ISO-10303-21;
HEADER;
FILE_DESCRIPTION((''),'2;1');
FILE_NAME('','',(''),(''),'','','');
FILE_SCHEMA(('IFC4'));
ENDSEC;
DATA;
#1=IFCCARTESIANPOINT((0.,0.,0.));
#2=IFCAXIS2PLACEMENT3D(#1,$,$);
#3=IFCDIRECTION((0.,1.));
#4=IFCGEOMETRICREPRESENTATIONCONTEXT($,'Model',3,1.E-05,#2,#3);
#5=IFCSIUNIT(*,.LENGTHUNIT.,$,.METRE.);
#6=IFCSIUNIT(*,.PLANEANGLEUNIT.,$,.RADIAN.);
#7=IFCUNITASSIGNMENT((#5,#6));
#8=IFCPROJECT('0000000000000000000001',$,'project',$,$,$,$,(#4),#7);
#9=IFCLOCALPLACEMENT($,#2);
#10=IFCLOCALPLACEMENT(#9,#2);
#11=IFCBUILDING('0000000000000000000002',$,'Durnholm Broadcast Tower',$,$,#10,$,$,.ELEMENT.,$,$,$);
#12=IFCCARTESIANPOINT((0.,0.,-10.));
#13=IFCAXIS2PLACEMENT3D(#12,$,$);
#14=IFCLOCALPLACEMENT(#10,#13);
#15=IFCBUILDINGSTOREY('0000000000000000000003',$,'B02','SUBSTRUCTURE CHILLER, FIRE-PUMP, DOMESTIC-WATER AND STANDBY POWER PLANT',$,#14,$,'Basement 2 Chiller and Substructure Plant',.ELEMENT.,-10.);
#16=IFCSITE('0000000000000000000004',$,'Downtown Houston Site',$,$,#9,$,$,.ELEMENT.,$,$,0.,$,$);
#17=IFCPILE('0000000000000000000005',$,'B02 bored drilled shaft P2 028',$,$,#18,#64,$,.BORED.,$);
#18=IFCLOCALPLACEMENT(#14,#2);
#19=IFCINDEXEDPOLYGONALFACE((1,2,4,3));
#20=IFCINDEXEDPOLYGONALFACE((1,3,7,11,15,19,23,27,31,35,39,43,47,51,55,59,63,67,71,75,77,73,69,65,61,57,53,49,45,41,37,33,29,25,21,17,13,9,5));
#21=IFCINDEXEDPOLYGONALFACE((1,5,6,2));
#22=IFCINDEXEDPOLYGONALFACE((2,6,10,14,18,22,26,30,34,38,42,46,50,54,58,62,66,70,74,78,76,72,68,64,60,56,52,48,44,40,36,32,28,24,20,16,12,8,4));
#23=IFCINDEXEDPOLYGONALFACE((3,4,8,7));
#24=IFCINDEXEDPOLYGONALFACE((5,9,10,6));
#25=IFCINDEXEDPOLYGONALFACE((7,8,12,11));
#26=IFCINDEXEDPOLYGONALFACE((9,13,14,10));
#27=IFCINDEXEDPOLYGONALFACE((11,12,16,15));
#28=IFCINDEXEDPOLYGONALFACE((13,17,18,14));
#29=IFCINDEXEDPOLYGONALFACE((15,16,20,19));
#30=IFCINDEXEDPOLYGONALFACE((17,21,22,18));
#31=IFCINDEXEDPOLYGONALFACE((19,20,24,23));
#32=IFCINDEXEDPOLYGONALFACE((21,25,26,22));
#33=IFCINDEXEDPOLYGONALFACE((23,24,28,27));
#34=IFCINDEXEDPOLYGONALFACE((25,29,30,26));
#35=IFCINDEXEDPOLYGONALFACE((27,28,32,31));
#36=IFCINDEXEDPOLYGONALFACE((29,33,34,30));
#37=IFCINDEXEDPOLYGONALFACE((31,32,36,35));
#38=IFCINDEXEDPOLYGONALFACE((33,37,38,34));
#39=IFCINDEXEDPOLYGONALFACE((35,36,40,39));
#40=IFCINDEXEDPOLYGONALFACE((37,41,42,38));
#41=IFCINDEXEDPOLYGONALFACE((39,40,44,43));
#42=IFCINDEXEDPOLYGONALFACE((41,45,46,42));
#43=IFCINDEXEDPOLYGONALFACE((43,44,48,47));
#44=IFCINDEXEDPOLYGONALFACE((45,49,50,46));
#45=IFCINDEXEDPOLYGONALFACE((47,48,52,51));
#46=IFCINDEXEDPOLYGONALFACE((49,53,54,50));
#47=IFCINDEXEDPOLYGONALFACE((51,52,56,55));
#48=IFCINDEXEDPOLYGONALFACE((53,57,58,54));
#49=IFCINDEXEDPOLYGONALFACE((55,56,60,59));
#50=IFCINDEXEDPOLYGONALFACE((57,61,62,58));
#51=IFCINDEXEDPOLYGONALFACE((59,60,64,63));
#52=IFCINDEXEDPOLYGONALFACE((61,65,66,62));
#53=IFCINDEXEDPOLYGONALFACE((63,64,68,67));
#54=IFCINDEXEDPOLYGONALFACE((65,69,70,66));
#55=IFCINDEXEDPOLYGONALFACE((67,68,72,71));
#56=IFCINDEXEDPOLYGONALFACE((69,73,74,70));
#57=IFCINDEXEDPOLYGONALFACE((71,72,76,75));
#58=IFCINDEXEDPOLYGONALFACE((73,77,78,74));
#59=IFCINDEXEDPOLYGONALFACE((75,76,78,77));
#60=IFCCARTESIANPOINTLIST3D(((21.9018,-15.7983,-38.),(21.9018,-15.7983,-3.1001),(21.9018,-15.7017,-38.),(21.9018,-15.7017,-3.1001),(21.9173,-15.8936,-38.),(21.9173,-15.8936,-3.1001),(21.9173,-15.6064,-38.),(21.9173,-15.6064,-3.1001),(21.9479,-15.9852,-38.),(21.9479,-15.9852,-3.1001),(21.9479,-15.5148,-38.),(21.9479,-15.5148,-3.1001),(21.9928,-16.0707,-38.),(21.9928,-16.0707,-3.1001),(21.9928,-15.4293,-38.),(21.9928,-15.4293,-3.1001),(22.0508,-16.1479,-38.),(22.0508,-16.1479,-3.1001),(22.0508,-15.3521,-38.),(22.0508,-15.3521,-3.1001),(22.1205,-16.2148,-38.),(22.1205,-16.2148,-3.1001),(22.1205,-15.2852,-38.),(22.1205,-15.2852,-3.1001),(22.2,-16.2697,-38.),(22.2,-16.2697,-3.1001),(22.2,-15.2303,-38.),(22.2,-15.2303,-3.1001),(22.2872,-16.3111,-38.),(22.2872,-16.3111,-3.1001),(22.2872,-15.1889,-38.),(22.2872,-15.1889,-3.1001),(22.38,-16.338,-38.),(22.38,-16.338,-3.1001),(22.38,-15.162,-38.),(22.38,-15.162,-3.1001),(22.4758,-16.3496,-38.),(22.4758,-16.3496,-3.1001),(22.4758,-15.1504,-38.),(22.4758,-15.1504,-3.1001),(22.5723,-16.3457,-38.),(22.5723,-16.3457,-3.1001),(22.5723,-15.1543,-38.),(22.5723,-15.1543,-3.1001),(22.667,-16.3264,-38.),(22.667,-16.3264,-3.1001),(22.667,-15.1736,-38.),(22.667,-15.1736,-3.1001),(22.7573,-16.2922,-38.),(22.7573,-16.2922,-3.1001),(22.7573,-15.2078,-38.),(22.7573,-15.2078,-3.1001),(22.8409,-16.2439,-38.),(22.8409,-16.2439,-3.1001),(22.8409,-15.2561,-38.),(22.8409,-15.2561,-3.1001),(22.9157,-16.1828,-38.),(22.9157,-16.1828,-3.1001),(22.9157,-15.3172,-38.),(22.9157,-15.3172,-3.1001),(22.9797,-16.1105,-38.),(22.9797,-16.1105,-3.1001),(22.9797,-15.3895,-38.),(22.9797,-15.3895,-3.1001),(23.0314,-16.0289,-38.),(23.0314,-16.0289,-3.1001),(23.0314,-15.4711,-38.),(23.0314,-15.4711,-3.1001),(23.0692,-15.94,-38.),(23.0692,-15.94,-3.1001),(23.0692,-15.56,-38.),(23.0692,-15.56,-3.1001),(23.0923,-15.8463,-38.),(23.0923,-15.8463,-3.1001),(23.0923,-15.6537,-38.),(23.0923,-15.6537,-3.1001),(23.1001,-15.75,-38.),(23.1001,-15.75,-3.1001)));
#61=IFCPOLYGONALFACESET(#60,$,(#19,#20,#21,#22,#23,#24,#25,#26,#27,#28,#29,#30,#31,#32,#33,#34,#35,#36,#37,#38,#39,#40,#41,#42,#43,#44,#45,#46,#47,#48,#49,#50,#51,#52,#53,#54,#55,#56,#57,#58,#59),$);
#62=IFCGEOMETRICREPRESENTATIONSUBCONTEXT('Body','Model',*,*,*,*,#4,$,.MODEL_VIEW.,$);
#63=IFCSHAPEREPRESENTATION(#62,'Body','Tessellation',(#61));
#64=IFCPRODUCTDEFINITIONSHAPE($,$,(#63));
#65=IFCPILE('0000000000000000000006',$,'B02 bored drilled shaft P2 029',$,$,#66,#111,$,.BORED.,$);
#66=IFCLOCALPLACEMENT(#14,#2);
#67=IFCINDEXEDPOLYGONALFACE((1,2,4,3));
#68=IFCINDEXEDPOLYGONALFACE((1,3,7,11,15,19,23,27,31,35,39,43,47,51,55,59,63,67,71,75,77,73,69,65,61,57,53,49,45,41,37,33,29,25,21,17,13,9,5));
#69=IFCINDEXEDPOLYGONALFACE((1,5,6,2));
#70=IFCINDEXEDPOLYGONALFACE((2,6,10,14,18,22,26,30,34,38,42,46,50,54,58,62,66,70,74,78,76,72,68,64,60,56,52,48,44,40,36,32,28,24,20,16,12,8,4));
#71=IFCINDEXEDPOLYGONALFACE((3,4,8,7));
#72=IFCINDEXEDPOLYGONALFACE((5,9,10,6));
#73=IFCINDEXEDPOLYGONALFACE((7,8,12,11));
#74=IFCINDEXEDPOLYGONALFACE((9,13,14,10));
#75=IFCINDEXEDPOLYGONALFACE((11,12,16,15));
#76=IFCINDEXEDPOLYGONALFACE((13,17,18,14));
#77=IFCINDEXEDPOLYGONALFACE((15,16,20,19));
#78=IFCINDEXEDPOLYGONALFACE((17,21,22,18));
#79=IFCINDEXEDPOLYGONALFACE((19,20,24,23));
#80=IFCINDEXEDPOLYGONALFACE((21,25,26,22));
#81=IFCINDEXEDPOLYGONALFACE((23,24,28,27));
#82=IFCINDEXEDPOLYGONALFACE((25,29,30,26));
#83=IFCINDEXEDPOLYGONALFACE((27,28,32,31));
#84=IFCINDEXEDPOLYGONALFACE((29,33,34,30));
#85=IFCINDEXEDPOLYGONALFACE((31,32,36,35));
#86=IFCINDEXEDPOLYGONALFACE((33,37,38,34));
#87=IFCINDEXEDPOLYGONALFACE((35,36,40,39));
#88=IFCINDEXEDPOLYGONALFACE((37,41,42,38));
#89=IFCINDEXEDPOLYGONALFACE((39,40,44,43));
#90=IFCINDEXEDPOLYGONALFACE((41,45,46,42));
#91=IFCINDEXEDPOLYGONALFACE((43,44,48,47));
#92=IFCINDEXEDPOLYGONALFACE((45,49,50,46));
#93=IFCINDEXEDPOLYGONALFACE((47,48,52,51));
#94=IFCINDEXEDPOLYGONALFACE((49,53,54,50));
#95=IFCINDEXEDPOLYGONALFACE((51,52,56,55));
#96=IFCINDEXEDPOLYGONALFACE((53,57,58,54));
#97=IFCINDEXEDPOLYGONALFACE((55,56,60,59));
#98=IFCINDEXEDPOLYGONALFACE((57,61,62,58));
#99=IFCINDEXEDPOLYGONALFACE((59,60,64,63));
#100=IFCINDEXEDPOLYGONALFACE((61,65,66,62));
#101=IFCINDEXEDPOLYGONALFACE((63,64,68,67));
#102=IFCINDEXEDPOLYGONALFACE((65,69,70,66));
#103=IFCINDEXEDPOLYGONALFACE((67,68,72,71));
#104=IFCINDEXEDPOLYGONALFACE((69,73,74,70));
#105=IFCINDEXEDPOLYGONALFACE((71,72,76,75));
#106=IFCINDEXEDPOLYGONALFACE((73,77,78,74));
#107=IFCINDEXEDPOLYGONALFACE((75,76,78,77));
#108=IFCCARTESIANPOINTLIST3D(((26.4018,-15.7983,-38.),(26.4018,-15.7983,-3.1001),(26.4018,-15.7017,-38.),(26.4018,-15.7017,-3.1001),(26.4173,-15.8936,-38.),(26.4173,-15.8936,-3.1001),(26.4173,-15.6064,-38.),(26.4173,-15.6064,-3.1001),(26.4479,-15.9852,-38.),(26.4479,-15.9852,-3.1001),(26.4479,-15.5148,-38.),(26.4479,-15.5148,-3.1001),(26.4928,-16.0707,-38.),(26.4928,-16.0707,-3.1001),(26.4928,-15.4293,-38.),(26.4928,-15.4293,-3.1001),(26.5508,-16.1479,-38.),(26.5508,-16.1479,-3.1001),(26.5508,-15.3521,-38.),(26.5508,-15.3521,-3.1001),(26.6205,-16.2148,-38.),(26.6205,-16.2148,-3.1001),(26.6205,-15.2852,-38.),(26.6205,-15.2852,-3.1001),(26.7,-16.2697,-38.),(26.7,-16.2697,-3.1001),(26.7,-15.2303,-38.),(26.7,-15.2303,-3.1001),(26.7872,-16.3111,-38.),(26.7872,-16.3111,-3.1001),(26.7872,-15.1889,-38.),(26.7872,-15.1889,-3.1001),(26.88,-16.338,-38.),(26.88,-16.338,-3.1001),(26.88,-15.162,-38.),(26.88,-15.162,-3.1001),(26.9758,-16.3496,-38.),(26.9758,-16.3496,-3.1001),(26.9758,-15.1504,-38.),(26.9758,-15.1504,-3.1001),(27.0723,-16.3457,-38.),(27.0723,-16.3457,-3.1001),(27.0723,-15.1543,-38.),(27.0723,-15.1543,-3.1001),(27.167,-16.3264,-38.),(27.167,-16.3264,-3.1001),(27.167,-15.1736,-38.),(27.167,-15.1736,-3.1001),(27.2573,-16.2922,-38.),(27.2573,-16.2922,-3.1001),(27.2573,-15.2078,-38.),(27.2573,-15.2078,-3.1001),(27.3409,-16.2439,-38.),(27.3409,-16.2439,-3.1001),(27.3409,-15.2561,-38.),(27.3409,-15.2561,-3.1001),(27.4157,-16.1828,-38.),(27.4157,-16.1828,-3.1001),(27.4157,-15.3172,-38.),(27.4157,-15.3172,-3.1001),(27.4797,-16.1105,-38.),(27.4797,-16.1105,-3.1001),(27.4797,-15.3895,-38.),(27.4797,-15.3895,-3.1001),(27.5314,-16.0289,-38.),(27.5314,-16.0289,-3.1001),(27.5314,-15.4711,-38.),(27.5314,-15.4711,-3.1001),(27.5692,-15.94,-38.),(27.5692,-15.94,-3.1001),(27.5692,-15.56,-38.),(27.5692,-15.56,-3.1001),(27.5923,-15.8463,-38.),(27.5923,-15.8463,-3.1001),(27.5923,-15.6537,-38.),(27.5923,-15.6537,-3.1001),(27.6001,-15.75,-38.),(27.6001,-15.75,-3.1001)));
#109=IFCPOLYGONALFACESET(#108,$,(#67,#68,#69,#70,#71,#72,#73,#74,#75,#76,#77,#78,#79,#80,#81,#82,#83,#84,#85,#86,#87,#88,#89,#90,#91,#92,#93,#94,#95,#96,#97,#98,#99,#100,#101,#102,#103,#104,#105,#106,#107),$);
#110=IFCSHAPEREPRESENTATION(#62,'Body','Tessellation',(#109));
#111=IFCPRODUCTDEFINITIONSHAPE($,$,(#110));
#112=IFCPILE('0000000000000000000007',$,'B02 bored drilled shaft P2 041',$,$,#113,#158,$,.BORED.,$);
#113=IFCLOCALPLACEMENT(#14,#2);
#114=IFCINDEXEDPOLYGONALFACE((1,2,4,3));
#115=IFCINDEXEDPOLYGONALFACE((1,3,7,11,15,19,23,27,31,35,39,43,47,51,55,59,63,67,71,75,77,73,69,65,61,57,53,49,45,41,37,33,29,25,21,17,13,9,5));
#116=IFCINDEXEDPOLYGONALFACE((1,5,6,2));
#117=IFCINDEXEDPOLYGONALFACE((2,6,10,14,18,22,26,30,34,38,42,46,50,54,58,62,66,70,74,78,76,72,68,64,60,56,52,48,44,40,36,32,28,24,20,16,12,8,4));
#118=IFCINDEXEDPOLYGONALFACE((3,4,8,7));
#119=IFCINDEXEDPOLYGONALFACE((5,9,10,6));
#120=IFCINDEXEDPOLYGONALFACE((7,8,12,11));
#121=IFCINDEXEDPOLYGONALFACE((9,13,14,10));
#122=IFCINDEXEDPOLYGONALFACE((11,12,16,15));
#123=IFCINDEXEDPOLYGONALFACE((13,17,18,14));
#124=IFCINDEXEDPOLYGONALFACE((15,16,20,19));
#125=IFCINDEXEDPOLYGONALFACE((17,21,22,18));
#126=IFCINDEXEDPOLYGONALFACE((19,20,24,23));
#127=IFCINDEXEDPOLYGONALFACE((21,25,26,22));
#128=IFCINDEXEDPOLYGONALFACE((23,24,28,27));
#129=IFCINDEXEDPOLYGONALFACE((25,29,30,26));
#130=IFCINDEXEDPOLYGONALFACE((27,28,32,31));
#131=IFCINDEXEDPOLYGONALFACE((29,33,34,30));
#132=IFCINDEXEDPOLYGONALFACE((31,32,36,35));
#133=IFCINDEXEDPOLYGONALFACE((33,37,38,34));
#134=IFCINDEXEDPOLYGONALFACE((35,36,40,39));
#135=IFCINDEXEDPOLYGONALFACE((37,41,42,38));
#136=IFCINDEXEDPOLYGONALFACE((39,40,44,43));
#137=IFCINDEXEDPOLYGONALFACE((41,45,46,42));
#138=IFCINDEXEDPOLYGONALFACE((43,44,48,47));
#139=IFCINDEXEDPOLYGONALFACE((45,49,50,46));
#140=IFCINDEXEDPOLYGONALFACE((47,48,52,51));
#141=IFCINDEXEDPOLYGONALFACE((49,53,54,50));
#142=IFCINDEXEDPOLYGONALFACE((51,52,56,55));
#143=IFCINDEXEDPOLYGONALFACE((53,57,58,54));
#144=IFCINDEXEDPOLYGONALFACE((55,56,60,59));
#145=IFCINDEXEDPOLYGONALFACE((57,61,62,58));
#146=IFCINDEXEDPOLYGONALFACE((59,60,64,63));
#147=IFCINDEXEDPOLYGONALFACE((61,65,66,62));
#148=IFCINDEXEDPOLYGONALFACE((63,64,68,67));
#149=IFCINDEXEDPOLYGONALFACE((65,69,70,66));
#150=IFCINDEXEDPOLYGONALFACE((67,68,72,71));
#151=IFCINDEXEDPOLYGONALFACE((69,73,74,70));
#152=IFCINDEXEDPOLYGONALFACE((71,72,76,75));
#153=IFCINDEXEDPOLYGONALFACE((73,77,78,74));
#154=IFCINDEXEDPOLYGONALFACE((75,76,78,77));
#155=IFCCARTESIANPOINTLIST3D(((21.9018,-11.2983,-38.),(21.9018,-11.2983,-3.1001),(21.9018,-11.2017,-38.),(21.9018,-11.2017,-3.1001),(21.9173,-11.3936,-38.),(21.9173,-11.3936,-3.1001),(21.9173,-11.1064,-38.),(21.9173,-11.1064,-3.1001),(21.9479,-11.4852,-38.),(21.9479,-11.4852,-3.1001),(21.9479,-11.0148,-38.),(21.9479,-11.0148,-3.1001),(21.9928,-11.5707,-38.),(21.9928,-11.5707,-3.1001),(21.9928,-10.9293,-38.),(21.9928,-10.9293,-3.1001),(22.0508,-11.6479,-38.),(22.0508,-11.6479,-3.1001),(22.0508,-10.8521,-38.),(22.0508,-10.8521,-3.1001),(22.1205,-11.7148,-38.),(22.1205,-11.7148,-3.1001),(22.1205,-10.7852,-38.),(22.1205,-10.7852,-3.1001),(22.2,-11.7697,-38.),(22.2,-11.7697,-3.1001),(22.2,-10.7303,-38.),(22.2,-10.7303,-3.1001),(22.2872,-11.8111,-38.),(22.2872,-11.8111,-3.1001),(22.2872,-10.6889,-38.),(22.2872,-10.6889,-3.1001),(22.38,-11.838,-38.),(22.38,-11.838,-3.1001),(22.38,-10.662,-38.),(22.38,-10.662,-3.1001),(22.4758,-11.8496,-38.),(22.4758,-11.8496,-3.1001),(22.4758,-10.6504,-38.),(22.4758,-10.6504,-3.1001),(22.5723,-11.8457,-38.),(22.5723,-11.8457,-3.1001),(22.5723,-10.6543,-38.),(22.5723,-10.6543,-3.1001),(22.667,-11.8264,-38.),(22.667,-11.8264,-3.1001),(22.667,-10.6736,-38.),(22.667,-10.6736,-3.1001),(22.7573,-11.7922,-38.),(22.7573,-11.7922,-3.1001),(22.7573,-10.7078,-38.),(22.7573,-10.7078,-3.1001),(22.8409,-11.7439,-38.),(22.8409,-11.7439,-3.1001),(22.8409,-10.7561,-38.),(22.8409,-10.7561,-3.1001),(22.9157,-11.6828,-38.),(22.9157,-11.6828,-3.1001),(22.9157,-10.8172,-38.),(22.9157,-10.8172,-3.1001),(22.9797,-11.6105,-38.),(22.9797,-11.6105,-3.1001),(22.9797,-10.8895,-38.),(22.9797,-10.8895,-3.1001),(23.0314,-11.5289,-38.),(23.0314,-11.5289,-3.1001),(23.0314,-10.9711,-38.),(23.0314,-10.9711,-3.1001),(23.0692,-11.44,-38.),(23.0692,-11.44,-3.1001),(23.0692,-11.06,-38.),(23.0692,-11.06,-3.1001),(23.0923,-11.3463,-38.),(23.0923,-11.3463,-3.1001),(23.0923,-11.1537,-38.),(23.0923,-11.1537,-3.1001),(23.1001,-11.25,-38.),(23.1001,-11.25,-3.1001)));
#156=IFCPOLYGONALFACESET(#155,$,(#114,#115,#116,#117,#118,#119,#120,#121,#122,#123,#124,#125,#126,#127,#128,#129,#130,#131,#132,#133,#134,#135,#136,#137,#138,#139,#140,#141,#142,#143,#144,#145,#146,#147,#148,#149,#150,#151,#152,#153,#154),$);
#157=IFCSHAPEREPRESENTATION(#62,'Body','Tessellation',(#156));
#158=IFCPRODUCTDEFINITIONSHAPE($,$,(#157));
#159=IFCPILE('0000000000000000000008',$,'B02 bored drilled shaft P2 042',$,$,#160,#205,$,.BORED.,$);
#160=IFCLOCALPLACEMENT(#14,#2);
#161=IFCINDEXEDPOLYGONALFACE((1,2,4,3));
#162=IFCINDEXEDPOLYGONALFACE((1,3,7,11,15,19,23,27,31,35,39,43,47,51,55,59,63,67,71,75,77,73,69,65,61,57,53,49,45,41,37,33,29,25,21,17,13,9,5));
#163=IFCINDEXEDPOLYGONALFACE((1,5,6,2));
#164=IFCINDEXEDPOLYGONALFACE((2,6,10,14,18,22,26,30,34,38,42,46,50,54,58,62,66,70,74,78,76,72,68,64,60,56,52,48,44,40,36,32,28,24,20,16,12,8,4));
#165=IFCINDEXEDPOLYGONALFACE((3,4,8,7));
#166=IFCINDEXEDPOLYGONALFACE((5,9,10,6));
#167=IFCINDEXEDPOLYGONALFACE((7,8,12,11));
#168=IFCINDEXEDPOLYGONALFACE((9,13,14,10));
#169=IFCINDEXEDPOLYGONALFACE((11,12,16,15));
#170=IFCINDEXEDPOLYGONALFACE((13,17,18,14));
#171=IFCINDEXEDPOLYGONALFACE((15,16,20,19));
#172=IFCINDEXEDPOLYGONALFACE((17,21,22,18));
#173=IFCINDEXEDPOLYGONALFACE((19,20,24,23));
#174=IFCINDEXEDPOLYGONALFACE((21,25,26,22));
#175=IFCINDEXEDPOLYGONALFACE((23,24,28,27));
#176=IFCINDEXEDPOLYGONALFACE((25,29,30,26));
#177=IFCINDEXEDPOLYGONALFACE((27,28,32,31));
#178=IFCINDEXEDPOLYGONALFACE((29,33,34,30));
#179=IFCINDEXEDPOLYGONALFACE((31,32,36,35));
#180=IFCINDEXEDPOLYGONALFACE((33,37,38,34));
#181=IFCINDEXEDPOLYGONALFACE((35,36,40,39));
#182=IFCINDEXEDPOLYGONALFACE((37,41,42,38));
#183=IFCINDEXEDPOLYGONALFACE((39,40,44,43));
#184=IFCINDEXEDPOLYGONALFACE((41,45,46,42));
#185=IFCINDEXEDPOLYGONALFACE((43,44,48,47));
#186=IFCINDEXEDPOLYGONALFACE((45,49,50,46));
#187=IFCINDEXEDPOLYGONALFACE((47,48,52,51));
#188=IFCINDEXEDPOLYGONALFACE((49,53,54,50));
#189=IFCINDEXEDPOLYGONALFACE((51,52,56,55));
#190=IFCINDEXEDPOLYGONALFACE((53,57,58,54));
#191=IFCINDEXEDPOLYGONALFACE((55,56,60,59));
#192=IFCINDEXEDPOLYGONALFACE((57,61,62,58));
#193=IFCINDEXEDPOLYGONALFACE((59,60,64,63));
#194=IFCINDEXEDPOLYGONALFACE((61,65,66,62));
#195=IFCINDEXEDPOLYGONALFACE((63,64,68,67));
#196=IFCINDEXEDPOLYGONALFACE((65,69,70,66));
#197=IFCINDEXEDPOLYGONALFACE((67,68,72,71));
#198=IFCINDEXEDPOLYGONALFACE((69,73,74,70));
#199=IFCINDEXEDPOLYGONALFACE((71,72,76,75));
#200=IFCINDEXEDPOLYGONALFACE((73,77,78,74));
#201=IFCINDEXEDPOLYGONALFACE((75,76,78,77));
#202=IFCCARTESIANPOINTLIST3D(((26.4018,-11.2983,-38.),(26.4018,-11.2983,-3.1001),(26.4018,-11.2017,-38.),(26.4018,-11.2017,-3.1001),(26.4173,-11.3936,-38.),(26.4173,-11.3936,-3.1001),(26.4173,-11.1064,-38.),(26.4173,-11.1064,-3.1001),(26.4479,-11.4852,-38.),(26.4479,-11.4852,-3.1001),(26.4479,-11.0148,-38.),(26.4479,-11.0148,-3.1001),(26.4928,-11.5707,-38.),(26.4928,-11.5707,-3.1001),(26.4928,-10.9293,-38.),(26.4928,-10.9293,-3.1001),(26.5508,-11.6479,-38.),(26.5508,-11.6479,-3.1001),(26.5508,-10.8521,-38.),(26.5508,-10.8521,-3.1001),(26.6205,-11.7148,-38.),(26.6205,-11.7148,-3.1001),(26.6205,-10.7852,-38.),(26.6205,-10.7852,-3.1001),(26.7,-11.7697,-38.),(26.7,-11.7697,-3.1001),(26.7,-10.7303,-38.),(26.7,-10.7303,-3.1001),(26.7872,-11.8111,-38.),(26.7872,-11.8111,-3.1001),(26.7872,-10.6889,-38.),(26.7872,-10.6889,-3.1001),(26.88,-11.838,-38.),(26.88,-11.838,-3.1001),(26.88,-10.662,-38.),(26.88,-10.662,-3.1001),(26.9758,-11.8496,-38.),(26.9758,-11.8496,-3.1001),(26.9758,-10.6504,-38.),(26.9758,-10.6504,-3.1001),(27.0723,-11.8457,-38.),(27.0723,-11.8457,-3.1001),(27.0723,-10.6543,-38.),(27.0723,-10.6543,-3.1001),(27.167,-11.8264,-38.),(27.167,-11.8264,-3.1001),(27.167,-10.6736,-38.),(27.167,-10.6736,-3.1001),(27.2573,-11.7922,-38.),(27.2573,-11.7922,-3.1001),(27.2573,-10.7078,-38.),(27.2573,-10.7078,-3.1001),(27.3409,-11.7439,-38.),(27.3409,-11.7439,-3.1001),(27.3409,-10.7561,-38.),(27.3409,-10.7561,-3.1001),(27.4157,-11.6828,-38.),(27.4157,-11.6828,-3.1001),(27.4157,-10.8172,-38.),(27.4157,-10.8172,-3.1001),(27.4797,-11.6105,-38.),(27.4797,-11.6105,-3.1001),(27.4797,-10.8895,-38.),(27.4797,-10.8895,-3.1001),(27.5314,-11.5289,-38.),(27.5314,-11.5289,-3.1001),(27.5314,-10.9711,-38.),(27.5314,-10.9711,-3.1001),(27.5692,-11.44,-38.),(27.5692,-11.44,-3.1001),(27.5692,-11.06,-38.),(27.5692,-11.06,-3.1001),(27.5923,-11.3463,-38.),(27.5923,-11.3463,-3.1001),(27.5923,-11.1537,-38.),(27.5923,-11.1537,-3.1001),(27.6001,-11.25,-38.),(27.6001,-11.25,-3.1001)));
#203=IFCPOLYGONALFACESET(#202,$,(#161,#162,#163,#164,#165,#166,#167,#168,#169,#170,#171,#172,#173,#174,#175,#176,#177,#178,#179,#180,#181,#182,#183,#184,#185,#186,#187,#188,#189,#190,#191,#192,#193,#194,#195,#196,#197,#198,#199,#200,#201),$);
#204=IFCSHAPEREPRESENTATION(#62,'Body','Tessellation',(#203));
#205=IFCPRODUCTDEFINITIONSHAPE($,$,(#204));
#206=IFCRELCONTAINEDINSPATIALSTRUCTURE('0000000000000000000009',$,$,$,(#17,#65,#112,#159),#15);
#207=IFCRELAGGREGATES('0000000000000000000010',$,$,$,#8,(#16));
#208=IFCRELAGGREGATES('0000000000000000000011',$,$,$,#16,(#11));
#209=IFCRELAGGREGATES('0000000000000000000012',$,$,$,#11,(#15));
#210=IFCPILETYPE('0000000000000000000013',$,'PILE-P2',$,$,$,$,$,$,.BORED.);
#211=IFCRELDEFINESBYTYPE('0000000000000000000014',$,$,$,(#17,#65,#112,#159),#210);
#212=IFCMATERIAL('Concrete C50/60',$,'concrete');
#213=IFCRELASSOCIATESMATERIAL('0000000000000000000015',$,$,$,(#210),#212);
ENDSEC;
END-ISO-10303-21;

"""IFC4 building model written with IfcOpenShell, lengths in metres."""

from ifc_helpers import new_model, si_unit, direction, frame, origin, origin_2d, place, context, subcontext, project, spatial, circle, extrude, source, transform, mapped, material, material_profile, profile_set, type_object, type_shapes, element, save


model = new_model("IFC4")

# Units and contexts
model_context = context("Model", 3, precision=1e-05, world=origin(), true_north=direction((0.0, 1.0)))
body_context = subcontext(model_context, "Body", "Model", "MODEL_VIEW")
ifc_project = project(units=[si_unit("LENGTHUNIT", "METRE"), si_unit("PLANEANGLEUNIT", "RADIAN")], contexts=[model_context])

# Site, building, storey
site_placement = place(None, origin())
site = spatial("IfcSite", under=ifc_project, at=site_placement, Name="Downtown Houston Site", CompositionType="ELEMENT", RefElevation=0.0)
building_placement = place(site_placement, origin())
building = spatial("IfcBuilding", under=site, at=building_placement, Name="Durnholm Broadcast Tower", CompositionType="ELEMENT")
storey_placement = place(building_placement, frame((0.0, 0.0, -10.0)))
storey = spatial("IfcBuildingStorey", under=building, at=storey_placement, Name="B02", Description="SUBSTRUCTURE CHILLER, FIRE-PUMP, DOMESTIC-WATER AND STANDBY POWER PLANT", LongName="Basement 2 Chiller and Substructure Plant", CompositionType="ELEMENT", Elevation=-10.0)

# Piles
ifc_material_1 = material(Name="Concrete C50/60", Category="concrete")
ifc_material_profile_1 = material_profile(ifc_material_1, circle(Radius=0.6001, at=origin_2d()), Name="PILE1200")
ifc_profile_set_1 = profile_set([ifc_material_profile_1], Name="Concrete C50/60")
pile_type_1 = type_object("IfcPileType", Name="PILE-P2", PredefinedType="BORED", material=ifc_profile_set_1)
shared_shape_1 = source(origin(), body_context, "Body", "SweptSolid", [
    extrude(circle(Radius=0.6001, at=origin_2d()), origin(), (0.0, 0.0, 1.0), 34.8999),
])
type_shapes(pile_type_1, [shared_shape_1])
for number, where, z_axis, x_axis, name in (
    (1, (22.5, -15.75, -3.1001), (0.0, 0.0, -1.0), (1.0, 0.0, 0.0), "B02 bored drilled shaft P2 028"),
    (2, (27.0, -15.75, -3.1001), (0.0, 0.0, -1.0), (1.0, 0.0, 0.0), "B02 bored drilled shaft P2 029"),
    (3, (22.5, -11.25, -3.1001), (0.0, 0.0, -1.0), (1.0, 0.0, 0.0), "B02 bored drilled shaft P2 041"),
    (4, (27.0, -11.25, -3.1001), (0.0, 0.0, -1.0), (1.0, 0.0, 0.0), "B02 bored drilled shaft P2 042"),
):
    element("IfcPile", number, at=place(storey_placement, frame(where, z_axis=z_axis, x_axis=x_axis)), inside=storey, type_object=pile_type_1, Name=name, PredefinedType="BORED", context=body_context, shape_type="MappedRepresentation", body=[
        mapped(shared_shape_1, transform((0.0, 0.0, 0.0), x_axis=(1.0, 0.0, 0.0), y_axis=(0.0, 1.0, 0.0), z_axis=(0.0, 0.0, 1.0), scale=1.0)),
    ])

save(model, "model.ifc")
